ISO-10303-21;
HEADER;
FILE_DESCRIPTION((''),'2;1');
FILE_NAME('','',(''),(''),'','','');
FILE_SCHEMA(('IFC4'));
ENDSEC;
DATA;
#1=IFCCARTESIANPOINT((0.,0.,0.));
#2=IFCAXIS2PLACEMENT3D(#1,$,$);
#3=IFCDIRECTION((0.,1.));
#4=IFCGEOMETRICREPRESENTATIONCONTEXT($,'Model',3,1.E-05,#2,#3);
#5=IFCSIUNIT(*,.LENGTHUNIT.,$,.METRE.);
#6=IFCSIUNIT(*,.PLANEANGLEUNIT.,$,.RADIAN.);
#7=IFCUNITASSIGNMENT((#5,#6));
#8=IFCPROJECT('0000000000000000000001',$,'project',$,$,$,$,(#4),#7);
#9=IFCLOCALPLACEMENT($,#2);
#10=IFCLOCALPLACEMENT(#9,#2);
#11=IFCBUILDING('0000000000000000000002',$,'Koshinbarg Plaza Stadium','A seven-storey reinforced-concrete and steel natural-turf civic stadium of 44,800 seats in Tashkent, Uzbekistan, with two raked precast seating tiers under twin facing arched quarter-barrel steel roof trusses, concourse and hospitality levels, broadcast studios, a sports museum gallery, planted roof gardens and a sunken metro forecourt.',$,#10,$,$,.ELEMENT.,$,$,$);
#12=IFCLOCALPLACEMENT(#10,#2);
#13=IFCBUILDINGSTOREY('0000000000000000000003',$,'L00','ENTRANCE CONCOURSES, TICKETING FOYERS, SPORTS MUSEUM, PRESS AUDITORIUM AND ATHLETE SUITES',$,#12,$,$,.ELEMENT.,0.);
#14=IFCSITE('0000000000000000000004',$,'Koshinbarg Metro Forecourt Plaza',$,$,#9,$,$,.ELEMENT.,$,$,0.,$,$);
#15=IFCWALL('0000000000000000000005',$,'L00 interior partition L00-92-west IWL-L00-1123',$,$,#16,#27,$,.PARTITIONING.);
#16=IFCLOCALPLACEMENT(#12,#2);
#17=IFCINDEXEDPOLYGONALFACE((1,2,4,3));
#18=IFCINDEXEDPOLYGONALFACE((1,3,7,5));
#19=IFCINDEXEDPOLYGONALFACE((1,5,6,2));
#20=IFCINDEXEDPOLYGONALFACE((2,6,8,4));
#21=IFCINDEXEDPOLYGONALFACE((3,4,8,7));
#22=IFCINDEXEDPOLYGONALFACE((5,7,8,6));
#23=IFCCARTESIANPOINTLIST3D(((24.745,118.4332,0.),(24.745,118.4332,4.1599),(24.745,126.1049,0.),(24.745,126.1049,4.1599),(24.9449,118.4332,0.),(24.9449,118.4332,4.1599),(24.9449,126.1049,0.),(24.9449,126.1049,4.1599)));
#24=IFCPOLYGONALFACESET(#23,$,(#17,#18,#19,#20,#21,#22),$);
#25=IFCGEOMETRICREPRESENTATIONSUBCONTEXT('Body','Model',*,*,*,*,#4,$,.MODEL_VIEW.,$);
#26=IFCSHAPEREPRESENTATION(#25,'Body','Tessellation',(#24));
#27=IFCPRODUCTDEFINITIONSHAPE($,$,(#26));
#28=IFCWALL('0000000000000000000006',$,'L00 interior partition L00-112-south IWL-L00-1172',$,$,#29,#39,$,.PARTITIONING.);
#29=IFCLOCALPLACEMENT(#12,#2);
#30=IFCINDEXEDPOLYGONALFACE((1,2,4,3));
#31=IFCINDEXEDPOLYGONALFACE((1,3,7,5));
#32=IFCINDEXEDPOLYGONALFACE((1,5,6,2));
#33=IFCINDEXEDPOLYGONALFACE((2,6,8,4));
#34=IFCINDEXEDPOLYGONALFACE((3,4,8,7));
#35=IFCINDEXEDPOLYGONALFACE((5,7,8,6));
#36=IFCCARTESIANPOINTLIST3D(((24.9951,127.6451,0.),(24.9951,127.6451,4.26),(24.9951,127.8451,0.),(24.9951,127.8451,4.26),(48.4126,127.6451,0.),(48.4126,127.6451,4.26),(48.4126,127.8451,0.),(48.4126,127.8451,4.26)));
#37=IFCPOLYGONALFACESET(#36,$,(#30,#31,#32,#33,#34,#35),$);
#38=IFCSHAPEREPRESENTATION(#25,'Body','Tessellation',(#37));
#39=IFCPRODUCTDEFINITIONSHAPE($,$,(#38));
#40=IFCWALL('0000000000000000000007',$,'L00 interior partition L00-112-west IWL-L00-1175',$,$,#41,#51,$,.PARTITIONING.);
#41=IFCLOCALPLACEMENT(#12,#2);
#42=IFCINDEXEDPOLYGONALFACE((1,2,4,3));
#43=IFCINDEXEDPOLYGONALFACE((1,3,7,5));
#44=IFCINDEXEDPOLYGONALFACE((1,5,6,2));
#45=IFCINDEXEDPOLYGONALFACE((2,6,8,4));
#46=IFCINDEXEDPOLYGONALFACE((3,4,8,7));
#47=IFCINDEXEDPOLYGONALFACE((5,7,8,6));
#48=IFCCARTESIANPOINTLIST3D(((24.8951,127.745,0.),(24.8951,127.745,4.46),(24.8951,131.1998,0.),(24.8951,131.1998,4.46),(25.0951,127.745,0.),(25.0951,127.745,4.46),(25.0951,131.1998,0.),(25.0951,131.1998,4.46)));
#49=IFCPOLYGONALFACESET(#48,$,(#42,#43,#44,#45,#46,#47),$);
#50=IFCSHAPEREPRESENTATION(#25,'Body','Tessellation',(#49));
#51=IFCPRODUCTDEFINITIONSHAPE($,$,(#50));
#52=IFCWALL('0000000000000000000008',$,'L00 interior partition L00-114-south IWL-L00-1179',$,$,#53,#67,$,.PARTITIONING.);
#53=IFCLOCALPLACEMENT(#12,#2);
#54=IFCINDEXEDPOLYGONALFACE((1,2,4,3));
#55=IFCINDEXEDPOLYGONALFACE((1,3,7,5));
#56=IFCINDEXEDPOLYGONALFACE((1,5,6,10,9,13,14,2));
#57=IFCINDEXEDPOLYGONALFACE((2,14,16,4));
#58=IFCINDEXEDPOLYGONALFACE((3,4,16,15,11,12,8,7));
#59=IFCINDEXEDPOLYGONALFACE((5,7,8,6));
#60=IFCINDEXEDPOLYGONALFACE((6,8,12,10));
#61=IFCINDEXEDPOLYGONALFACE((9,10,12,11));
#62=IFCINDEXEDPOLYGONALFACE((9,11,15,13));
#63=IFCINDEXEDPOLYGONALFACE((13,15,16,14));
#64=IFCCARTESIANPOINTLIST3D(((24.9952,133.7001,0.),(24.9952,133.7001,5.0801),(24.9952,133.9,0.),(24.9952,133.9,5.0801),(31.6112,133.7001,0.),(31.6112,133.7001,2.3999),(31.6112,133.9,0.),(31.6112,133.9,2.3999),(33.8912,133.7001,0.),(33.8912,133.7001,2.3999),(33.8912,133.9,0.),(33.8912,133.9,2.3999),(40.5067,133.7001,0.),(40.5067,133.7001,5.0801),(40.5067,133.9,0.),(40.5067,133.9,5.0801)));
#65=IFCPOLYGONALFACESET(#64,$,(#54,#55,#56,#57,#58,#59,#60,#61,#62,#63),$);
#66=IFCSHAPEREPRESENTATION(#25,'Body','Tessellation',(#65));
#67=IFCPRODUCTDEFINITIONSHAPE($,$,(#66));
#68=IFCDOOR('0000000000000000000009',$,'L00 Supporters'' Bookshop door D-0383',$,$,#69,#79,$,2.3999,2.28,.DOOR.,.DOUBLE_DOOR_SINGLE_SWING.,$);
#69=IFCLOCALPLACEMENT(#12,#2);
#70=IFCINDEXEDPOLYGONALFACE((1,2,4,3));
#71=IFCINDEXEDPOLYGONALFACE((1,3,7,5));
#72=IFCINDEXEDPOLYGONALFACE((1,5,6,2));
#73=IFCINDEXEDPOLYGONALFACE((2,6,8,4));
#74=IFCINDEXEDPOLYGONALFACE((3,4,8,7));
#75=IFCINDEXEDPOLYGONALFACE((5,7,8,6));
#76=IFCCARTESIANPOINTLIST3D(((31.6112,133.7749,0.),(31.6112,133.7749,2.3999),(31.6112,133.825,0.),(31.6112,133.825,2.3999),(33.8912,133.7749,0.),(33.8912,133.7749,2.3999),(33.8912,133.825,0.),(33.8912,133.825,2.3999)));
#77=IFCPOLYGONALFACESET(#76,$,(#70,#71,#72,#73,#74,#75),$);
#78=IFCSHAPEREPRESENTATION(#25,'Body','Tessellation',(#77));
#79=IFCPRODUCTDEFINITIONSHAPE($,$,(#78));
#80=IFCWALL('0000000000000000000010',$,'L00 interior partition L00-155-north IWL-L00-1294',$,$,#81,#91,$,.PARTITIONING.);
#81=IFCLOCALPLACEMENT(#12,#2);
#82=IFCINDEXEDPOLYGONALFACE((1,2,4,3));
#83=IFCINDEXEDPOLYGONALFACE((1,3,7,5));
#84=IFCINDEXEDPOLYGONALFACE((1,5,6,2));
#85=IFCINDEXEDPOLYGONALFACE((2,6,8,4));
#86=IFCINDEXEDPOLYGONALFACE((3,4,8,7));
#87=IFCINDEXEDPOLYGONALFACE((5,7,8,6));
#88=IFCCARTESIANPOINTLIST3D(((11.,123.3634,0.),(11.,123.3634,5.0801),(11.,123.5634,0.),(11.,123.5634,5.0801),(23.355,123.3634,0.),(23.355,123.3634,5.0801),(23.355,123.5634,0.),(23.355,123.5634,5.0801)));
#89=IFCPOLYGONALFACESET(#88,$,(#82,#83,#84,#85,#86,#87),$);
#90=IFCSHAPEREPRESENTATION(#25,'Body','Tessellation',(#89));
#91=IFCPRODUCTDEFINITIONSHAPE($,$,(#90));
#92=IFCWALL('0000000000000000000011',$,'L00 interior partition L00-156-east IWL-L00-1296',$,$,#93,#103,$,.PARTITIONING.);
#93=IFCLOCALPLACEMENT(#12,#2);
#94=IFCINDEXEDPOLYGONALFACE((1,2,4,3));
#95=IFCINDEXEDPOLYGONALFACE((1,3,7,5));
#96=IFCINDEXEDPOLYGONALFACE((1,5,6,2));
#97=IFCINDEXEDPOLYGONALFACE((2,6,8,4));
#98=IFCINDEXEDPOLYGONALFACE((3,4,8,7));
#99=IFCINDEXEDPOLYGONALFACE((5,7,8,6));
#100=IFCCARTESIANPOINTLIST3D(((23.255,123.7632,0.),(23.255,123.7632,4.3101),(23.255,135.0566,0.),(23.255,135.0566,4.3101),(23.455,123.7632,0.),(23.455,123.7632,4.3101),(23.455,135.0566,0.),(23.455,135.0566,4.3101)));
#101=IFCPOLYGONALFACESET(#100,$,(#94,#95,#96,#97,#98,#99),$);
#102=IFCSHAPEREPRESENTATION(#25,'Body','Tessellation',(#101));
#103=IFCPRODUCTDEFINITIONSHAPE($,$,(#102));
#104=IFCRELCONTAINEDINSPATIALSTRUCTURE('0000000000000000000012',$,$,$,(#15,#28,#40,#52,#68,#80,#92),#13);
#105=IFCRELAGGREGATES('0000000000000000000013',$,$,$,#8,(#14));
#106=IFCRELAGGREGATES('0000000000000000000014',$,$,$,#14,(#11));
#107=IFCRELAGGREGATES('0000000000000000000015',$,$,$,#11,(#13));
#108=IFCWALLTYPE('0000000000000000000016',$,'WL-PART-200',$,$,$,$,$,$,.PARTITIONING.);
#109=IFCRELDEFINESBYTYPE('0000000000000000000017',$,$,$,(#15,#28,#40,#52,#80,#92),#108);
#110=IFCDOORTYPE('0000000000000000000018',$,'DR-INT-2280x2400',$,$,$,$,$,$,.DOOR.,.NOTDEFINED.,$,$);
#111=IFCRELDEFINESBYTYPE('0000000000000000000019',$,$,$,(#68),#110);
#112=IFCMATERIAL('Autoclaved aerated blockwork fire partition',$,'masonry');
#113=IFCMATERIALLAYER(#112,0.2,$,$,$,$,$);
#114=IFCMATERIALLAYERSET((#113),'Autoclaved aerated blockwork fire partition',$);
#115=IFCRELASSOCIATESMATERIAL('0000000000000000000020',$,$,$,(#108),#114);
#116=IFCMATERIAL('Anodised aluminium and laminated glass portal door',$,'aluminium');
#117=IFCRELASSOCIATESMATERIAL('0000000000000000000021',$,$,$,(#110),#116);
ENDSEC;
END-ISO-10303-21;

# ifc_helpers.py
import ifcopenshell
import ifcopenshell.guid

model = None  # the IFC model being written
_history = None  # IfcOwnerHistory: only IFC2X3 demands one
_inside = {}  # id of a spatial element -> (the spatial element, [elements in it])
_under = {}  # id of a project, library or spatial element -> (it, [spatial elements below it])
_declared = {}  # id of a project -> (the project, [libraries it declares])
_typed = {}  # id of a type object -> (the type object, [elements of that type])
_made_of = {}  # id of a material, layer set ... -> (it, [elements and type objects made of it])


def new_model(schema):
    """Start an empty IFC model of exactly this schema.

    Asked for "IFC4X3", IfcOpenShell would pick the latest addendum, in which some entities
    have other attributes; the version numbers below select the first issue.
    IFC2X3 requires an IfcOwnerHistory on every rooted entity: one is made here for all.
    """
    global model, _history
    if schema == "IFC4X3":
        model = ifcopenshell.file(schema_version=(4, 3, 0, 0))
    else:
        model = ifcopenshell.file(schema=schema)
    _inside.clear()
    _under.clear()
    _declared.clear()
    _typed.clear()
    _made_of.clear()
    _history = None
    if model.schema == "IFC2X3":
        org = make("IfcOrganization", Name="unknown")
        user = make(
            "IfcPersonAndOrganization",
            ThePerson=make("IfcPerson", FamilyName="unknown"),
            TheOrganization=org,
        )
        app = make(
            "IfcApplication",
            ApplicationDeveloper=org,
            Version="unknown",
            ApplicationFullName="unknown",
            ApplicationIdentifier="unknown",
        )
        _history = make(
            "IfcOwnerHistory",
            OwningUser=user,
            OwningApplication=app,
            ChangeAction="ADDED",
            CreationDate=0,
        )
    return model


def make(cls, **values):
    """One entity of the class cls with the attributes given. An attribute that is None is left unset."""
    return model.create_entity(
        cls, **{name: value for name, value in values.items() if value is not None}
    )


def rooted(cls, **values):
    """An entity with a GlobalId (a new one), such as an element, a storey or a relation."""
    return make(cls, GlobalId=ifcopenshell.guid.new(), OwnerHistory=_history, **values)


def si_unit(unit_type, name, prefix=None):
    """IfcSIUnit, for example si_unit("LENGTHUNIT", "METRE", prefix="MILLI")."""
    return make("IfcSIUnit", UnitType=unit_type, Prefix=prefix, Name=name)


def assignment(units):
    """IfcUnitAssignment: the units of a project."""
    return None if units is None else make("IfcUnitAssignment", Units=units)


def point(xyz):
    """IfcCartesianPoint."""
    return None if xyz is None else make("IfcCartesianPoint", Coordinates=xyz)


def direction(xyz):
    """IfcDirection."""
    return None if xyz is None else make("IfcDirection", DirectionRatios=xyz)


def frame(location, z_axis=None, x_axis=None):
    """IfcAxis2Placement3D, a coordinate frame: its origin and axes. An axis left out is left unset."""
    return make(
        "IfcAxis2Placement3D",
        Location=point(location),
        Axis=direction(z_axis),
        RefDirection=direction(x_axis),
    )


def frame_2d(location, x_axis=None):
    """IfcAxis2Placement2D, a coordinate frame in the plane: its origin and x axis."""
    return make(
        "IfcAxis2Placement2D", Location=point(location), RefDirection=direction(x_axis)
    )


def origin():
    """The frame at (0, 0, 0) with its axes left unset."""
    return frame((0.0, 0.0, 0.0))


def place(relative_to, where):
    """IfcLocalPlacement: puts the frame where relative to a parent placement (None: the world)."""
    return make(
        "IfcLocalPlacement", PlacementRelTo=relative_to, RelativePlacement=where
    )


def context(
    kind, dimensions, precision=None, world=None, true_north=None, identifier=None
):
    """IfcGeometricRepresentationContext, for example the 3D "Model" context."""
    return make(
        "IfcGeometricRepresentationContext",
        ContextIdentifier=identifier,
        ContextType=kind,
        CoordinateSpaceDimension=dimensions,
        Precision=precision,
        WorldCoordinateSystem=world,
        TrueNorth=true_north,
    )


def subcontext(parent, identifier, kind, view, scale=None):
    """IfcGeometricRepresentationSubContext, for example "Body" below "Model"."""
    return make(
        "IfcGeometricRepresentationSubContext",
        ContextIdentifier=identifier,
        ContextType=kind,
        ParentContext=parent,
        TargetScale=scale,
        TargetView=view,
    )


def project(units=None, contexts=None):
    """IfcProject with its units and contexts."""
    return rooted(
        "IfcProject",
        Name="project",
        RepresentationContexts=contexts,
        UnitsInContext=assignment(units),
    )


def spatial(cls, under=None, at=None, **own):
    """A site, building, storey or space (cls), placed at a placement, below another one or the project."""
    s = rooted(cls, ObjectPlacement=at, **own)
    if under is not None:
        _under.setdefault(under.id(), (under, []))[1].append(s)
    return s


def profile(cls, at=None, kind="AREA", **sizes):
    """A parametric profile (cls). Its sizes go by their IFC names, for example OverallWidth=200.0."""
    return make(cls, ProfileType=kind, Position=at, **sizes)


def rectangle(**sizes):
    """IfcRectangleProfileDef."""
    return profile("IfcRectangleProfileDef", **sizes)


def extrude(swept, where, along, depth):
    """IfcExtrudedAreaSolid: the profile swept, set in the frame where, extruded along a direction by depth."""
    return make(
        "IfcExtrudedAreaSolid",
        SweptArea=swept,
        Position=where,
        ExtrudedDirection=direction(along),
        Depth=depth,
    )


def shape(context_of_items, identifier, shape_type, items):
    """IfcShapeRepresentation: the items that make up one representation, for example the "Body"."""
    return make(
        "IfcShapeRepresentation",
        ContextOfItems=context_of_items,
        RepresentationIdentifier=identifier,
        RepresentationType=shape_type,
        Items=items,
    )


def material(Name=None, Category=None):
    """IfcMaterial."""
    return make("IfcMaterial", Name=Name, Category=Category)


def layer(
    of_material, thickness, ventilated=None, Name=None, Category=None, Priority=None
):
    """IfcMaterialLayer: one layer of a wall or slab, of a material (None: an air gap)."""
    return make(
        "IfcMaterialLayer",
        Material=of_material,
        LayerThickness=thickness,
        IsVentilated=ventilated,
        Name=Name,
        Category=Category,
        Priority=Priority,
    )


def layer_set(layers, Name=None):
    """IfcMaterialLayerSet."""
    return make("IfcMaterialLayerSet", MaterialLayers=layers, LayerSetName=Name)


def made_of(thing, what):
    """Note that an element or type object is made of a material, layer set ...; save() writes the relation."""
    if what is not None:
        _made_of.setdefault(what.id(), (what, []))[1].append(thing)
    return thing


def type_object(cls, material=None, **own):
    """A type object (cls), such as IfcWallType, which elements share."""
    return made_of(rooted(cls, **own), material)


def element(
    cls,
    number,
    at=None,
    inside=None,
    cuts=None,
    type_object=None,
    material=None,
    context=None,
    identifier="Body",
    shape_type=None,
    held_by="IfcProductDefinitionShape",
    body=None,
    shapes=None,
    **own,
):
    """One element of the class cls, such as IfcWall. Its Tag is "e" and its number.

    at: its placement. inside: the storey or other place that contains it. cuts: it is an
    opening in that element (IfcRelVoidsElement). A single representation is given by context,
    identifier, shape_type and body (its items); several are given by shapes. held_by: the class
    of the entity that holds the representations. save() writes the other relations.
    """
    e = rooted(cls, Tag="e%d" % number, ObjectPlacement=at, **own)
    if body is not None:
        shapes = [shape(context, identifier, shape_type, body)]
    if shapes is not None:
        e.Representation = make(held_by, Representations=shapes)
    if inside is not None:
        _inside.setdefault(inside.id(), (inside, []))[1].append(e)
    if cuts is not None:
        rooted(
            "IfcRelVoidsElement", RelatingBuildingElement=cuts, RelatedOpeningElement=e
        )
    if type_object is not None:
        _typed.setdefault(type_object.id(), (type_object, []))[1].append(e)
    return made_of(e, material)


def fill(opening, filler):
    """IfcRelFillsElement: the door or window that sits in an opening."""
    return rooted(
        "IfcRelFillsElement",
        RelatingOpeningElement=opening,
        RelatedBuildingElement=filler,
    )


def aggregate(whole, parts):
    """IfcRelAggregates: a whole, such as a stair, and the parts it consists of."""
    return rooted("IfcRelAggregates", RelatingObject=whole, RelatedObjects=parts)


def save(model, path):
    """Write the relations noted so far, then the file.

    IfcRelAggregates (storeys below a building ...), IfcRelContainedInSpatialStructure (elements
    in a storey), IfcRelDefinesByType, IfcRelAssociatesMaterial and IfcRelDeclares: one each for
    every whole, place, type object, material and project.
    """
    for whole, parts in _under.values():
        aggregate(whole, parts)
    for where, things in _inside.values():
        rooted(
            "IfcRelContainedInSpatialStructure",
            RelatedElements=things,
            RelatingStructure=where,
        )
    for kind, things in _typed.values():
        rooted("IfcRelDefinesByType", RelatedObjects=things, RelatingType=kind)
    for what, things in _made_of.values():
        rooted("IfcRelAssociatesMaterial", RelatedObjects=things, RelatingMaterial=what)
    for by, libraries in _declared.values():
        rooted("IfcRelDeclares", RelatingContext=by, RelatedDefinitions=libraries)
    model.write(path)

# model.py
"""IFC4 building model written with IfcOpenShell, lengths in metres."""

from ifc_helpers import new_model, si_unit, direction, frame, frame_2d, origin, place, context, subcontext, project, spatial, rectangle, extrude, material, layer, layer_set, type_object, element, fill, save


model = new_model("IFC4")

# Units and contexts
model_context = context("Model", 3, precision=1e-05, world=origin(), true_north=direction((0.0, 1.0)))
body_context = subcontext(model_context, "Body", "Model", "MODEL_VIEW")
ifc_project = project(units=[si_unit("LENGTHUNIT", "METRE"), si_unit("PLANEANGLEUNIT", "RADIAN")], contexts=[model_context])

# Site, building, storey
site_placement = place(None, origin())
site = spatial("IfcSite", under=ifc_project, at=site_placement, Name="Koshinbarg Metro Forecourt Plaza", CompositionType="ELEMENT", RefElevation=0.0)
building_placement = place(site_placement, origin())
building = spatial("IfcBuilding", under=site, at=building_placement, Name="Koshinbarg Plaza Stadium", Description="A seven-storey reinforced-concrete and steel natural-turf civic stadium of 44,800 seats in Tashkent, Uzbekistan, with two raked precast seating tiers under twin facing arched quarter-barrel steel roof trusses, concourse and hospitality levels, broadcast studios, a sports museum gallery, planted roof gardens and a sunken metro forecourt.", CompositionType="ELEMENT")
storey_placement = place(building_placement, origin())
storey = spatial("IfcBuildingStorey", under=building, at=storey_placement, Name="L00", Description="ENTRANCE CONCOURSES, TICKETING FOYERS, SPORTS MUSEUM, PRESS AUDITORIUM AND ATHLETE SUITES", CompositionType="ELEMENT", Elevation=0.0)

# Walls
ifc_material_1 = material(Name="Autoclaved aerated blockwork fire partition", Category="masonry")
ifc_layer = layer(ifc_material_1, 0.2)
ifc_layer_set = layer_set([ifc_layer], Name="Autoclaved aerated blockwork fire partition")
wall_type = type_object("IfcWallType", Name="WL-PART-200", PredefinedType="PARTITIONING", material=ifc_layer_set)
wall_1_placement = place(storey_placement, frame((24.845, 126.105, 0.0), z_axis=(0.0, 0.0, 1.0), x_axis=(0.0, -1.0, 0.0)))
element("IfcWall", 1, at=wall_1_placement, inside=storey, type_object=wall_type, Name="L00 interior partition L00-92-west IWL-L00-1123", PredefinedType="PARTITIONING", context=body_context, shape_type="SweptSolid", body=[
    extrude(rectangle(XDim=7.6716, YDim=0.2, at=frame_2d((3.8359, 0.0))), origin(), (0.0, 0.0, 1.0), 4.1599),
])
wall_2_placement = place(storey_placement, frame((24.9951, 127.7451, 0.0), z_axis=(0.0, 0.0, 1.0), x_axis=(1.0, 0.0, 0.0)))
element("IfcWall", 2, at=wall_2_placement, inside=storey, type_object=wall_type, Name="L00 interior partition L00-112-south IWL-L00-1172", PredefinedType="PARTITIONING", context=body_context, shape_type="SweptSolid", body=[
    extrude(rectangle(XDim=23.4175, YDim=0.2, at=frame_2d((11.7087, 0.0))), origin(), (0.0, 0.0, 1.0), 4.26),
])
wall_3_placement = place(storey_placement, frame((24.9951, 131.2, 0.0), z_axis=(0.0, 0.0, 1.0), x_axis=(0.0, -1.0, 0.0)))
element("IfcWall", 3, at=wall_3_placement, inside=storey, type_object=wall_type, Name="L00 interior partition L00-112-west IWL-L00-1175", PredefinedType="PARTITIONING", context=body_context, shape_type="SweptSolid", body=[
    extrude(rectangle(XDim=3.4548, YDim=0.2, at=frame_2d((1.7275, 0.0))), origin(), (0.0, 0.0, 1.0), 4.46),
])

# Wall, opening, door
wall_4_placement = place(storey_placement, frame((24.9951, 133.8, 0.0), z_axis=(0.0, 0.0, 1.0), x_axis=(1.0, 0.0, 0.0)))
wall_4 = element("IfcWall", 4, at=wall_4_placement, inside=storey, type_object=wall_type, Name="L00 interior partition L00-114-south IWL-L00-1179", PredefinedType="PARTITIONING", context=body_context, shape_type="SweptSolid", body=[
    extrude(rectangle(XDim=15.5115, YDim=0.2, at=frame_2d((7.7559, 0.0))), origin(), (0.0, 0.0, 1.0), 5.0801),
])
opening_placement = place(wall_4_placement, frame((6.616, 0.0, 0.0)))
opening = element("IfcOpeningElement", 5, at=opening_placement, cuts=wall_4, PredefinedType="OPENING", context=body_context, shape_type="SweptSolid", body=[
    extrude(rectangle(XDim=2.28, YDim=2.3999, at=frame_2d((1.1401, 1.2))), frame((0.0, 0.1099, 0.0), z_axis=(0.0, -1.0, 0.0), x_axis=(1.0, 0.0, 0.0)), (0.0, 0.0, 1.0), 0.22),
])
ifc_material_2 = material(Name="Anodised aluminium and laminated glass portal door", Category="aluminium")
door_type = type_object("IfcDoorType", Name="DR-INT-2280x2400", OperationType="NOTDEFINED", PredefinedType="DOOR", material=ifc_material_2)
door_placement = place(opening_placement, origin())
door = element("IfcDoor", 6, at=door_placement, inside=storey, type_object=door_type, Name="L00 Supporters' Bookshop door D-0383", OperationType="DOUBLE_DOOR_SINGLE_SWING", OverallHeight=2.3999, OverallWidth=2.28, PredefinedType="DOOR", context=body_context, shape_type="SweptSolid", body=[
    extrude(rectangle(XDim=2.28, YDim=2.3999, at=frame_2d((1.1401, 1.2))), frame((0.0, 0.0249, 0.0), z_axis=(0.0, -1.0, 0.0), x_axis=(1.0, 0.0, 0.0)), (0.0, 0.0, 1.0), 0.05),
])
fill(opening, door)

# Walls
wall_5_placement = place(storey_placement, frame((23.355, 123.4634, 0.0), z_axis=(0.0, 0.0, 1.0), x_axis=(-1.0, 0.0, 0.0)))
element("IfcWall", 7, at=wall_5_placement, inside=storey, type_object=wall_type, Name="L00 interior partition L00-155-north IWL-L00-1294", PredefinedType="PARTITIONING", context=body_context, shape_type="SweptSolid", body=[
    extrude(rectangle(XDim=12.355, YDim=0.2, at=frame_2d((6.1775, 0.0))), origin(), (0.0, 0.0, 1.0), 5.0801),
])
wall_6_placement = place(storey_placement, frame((23.355, 123.7632, 0.0), z_axis=(0.0, 0.0, 1.0), x_axis=(0.0, 1.0, 0.0)))
element("IfcWall", 8, at=wall_6_placement, inside=storey, type_object=wall_type, Name="L00 interior partition L00-156-east IWL-L00-1296", PredefinedType="PARTITIONING", context=body_context, shape_type="SweptSolid", body=[
    extrude(rectangle(XDim=11.2935, YDim=0.2, at=frame_2d((5.6467, 0.0))), origin(), (0.0, 0.0, 1.0), 4.3101),
])

save(model, "model.ifc")
